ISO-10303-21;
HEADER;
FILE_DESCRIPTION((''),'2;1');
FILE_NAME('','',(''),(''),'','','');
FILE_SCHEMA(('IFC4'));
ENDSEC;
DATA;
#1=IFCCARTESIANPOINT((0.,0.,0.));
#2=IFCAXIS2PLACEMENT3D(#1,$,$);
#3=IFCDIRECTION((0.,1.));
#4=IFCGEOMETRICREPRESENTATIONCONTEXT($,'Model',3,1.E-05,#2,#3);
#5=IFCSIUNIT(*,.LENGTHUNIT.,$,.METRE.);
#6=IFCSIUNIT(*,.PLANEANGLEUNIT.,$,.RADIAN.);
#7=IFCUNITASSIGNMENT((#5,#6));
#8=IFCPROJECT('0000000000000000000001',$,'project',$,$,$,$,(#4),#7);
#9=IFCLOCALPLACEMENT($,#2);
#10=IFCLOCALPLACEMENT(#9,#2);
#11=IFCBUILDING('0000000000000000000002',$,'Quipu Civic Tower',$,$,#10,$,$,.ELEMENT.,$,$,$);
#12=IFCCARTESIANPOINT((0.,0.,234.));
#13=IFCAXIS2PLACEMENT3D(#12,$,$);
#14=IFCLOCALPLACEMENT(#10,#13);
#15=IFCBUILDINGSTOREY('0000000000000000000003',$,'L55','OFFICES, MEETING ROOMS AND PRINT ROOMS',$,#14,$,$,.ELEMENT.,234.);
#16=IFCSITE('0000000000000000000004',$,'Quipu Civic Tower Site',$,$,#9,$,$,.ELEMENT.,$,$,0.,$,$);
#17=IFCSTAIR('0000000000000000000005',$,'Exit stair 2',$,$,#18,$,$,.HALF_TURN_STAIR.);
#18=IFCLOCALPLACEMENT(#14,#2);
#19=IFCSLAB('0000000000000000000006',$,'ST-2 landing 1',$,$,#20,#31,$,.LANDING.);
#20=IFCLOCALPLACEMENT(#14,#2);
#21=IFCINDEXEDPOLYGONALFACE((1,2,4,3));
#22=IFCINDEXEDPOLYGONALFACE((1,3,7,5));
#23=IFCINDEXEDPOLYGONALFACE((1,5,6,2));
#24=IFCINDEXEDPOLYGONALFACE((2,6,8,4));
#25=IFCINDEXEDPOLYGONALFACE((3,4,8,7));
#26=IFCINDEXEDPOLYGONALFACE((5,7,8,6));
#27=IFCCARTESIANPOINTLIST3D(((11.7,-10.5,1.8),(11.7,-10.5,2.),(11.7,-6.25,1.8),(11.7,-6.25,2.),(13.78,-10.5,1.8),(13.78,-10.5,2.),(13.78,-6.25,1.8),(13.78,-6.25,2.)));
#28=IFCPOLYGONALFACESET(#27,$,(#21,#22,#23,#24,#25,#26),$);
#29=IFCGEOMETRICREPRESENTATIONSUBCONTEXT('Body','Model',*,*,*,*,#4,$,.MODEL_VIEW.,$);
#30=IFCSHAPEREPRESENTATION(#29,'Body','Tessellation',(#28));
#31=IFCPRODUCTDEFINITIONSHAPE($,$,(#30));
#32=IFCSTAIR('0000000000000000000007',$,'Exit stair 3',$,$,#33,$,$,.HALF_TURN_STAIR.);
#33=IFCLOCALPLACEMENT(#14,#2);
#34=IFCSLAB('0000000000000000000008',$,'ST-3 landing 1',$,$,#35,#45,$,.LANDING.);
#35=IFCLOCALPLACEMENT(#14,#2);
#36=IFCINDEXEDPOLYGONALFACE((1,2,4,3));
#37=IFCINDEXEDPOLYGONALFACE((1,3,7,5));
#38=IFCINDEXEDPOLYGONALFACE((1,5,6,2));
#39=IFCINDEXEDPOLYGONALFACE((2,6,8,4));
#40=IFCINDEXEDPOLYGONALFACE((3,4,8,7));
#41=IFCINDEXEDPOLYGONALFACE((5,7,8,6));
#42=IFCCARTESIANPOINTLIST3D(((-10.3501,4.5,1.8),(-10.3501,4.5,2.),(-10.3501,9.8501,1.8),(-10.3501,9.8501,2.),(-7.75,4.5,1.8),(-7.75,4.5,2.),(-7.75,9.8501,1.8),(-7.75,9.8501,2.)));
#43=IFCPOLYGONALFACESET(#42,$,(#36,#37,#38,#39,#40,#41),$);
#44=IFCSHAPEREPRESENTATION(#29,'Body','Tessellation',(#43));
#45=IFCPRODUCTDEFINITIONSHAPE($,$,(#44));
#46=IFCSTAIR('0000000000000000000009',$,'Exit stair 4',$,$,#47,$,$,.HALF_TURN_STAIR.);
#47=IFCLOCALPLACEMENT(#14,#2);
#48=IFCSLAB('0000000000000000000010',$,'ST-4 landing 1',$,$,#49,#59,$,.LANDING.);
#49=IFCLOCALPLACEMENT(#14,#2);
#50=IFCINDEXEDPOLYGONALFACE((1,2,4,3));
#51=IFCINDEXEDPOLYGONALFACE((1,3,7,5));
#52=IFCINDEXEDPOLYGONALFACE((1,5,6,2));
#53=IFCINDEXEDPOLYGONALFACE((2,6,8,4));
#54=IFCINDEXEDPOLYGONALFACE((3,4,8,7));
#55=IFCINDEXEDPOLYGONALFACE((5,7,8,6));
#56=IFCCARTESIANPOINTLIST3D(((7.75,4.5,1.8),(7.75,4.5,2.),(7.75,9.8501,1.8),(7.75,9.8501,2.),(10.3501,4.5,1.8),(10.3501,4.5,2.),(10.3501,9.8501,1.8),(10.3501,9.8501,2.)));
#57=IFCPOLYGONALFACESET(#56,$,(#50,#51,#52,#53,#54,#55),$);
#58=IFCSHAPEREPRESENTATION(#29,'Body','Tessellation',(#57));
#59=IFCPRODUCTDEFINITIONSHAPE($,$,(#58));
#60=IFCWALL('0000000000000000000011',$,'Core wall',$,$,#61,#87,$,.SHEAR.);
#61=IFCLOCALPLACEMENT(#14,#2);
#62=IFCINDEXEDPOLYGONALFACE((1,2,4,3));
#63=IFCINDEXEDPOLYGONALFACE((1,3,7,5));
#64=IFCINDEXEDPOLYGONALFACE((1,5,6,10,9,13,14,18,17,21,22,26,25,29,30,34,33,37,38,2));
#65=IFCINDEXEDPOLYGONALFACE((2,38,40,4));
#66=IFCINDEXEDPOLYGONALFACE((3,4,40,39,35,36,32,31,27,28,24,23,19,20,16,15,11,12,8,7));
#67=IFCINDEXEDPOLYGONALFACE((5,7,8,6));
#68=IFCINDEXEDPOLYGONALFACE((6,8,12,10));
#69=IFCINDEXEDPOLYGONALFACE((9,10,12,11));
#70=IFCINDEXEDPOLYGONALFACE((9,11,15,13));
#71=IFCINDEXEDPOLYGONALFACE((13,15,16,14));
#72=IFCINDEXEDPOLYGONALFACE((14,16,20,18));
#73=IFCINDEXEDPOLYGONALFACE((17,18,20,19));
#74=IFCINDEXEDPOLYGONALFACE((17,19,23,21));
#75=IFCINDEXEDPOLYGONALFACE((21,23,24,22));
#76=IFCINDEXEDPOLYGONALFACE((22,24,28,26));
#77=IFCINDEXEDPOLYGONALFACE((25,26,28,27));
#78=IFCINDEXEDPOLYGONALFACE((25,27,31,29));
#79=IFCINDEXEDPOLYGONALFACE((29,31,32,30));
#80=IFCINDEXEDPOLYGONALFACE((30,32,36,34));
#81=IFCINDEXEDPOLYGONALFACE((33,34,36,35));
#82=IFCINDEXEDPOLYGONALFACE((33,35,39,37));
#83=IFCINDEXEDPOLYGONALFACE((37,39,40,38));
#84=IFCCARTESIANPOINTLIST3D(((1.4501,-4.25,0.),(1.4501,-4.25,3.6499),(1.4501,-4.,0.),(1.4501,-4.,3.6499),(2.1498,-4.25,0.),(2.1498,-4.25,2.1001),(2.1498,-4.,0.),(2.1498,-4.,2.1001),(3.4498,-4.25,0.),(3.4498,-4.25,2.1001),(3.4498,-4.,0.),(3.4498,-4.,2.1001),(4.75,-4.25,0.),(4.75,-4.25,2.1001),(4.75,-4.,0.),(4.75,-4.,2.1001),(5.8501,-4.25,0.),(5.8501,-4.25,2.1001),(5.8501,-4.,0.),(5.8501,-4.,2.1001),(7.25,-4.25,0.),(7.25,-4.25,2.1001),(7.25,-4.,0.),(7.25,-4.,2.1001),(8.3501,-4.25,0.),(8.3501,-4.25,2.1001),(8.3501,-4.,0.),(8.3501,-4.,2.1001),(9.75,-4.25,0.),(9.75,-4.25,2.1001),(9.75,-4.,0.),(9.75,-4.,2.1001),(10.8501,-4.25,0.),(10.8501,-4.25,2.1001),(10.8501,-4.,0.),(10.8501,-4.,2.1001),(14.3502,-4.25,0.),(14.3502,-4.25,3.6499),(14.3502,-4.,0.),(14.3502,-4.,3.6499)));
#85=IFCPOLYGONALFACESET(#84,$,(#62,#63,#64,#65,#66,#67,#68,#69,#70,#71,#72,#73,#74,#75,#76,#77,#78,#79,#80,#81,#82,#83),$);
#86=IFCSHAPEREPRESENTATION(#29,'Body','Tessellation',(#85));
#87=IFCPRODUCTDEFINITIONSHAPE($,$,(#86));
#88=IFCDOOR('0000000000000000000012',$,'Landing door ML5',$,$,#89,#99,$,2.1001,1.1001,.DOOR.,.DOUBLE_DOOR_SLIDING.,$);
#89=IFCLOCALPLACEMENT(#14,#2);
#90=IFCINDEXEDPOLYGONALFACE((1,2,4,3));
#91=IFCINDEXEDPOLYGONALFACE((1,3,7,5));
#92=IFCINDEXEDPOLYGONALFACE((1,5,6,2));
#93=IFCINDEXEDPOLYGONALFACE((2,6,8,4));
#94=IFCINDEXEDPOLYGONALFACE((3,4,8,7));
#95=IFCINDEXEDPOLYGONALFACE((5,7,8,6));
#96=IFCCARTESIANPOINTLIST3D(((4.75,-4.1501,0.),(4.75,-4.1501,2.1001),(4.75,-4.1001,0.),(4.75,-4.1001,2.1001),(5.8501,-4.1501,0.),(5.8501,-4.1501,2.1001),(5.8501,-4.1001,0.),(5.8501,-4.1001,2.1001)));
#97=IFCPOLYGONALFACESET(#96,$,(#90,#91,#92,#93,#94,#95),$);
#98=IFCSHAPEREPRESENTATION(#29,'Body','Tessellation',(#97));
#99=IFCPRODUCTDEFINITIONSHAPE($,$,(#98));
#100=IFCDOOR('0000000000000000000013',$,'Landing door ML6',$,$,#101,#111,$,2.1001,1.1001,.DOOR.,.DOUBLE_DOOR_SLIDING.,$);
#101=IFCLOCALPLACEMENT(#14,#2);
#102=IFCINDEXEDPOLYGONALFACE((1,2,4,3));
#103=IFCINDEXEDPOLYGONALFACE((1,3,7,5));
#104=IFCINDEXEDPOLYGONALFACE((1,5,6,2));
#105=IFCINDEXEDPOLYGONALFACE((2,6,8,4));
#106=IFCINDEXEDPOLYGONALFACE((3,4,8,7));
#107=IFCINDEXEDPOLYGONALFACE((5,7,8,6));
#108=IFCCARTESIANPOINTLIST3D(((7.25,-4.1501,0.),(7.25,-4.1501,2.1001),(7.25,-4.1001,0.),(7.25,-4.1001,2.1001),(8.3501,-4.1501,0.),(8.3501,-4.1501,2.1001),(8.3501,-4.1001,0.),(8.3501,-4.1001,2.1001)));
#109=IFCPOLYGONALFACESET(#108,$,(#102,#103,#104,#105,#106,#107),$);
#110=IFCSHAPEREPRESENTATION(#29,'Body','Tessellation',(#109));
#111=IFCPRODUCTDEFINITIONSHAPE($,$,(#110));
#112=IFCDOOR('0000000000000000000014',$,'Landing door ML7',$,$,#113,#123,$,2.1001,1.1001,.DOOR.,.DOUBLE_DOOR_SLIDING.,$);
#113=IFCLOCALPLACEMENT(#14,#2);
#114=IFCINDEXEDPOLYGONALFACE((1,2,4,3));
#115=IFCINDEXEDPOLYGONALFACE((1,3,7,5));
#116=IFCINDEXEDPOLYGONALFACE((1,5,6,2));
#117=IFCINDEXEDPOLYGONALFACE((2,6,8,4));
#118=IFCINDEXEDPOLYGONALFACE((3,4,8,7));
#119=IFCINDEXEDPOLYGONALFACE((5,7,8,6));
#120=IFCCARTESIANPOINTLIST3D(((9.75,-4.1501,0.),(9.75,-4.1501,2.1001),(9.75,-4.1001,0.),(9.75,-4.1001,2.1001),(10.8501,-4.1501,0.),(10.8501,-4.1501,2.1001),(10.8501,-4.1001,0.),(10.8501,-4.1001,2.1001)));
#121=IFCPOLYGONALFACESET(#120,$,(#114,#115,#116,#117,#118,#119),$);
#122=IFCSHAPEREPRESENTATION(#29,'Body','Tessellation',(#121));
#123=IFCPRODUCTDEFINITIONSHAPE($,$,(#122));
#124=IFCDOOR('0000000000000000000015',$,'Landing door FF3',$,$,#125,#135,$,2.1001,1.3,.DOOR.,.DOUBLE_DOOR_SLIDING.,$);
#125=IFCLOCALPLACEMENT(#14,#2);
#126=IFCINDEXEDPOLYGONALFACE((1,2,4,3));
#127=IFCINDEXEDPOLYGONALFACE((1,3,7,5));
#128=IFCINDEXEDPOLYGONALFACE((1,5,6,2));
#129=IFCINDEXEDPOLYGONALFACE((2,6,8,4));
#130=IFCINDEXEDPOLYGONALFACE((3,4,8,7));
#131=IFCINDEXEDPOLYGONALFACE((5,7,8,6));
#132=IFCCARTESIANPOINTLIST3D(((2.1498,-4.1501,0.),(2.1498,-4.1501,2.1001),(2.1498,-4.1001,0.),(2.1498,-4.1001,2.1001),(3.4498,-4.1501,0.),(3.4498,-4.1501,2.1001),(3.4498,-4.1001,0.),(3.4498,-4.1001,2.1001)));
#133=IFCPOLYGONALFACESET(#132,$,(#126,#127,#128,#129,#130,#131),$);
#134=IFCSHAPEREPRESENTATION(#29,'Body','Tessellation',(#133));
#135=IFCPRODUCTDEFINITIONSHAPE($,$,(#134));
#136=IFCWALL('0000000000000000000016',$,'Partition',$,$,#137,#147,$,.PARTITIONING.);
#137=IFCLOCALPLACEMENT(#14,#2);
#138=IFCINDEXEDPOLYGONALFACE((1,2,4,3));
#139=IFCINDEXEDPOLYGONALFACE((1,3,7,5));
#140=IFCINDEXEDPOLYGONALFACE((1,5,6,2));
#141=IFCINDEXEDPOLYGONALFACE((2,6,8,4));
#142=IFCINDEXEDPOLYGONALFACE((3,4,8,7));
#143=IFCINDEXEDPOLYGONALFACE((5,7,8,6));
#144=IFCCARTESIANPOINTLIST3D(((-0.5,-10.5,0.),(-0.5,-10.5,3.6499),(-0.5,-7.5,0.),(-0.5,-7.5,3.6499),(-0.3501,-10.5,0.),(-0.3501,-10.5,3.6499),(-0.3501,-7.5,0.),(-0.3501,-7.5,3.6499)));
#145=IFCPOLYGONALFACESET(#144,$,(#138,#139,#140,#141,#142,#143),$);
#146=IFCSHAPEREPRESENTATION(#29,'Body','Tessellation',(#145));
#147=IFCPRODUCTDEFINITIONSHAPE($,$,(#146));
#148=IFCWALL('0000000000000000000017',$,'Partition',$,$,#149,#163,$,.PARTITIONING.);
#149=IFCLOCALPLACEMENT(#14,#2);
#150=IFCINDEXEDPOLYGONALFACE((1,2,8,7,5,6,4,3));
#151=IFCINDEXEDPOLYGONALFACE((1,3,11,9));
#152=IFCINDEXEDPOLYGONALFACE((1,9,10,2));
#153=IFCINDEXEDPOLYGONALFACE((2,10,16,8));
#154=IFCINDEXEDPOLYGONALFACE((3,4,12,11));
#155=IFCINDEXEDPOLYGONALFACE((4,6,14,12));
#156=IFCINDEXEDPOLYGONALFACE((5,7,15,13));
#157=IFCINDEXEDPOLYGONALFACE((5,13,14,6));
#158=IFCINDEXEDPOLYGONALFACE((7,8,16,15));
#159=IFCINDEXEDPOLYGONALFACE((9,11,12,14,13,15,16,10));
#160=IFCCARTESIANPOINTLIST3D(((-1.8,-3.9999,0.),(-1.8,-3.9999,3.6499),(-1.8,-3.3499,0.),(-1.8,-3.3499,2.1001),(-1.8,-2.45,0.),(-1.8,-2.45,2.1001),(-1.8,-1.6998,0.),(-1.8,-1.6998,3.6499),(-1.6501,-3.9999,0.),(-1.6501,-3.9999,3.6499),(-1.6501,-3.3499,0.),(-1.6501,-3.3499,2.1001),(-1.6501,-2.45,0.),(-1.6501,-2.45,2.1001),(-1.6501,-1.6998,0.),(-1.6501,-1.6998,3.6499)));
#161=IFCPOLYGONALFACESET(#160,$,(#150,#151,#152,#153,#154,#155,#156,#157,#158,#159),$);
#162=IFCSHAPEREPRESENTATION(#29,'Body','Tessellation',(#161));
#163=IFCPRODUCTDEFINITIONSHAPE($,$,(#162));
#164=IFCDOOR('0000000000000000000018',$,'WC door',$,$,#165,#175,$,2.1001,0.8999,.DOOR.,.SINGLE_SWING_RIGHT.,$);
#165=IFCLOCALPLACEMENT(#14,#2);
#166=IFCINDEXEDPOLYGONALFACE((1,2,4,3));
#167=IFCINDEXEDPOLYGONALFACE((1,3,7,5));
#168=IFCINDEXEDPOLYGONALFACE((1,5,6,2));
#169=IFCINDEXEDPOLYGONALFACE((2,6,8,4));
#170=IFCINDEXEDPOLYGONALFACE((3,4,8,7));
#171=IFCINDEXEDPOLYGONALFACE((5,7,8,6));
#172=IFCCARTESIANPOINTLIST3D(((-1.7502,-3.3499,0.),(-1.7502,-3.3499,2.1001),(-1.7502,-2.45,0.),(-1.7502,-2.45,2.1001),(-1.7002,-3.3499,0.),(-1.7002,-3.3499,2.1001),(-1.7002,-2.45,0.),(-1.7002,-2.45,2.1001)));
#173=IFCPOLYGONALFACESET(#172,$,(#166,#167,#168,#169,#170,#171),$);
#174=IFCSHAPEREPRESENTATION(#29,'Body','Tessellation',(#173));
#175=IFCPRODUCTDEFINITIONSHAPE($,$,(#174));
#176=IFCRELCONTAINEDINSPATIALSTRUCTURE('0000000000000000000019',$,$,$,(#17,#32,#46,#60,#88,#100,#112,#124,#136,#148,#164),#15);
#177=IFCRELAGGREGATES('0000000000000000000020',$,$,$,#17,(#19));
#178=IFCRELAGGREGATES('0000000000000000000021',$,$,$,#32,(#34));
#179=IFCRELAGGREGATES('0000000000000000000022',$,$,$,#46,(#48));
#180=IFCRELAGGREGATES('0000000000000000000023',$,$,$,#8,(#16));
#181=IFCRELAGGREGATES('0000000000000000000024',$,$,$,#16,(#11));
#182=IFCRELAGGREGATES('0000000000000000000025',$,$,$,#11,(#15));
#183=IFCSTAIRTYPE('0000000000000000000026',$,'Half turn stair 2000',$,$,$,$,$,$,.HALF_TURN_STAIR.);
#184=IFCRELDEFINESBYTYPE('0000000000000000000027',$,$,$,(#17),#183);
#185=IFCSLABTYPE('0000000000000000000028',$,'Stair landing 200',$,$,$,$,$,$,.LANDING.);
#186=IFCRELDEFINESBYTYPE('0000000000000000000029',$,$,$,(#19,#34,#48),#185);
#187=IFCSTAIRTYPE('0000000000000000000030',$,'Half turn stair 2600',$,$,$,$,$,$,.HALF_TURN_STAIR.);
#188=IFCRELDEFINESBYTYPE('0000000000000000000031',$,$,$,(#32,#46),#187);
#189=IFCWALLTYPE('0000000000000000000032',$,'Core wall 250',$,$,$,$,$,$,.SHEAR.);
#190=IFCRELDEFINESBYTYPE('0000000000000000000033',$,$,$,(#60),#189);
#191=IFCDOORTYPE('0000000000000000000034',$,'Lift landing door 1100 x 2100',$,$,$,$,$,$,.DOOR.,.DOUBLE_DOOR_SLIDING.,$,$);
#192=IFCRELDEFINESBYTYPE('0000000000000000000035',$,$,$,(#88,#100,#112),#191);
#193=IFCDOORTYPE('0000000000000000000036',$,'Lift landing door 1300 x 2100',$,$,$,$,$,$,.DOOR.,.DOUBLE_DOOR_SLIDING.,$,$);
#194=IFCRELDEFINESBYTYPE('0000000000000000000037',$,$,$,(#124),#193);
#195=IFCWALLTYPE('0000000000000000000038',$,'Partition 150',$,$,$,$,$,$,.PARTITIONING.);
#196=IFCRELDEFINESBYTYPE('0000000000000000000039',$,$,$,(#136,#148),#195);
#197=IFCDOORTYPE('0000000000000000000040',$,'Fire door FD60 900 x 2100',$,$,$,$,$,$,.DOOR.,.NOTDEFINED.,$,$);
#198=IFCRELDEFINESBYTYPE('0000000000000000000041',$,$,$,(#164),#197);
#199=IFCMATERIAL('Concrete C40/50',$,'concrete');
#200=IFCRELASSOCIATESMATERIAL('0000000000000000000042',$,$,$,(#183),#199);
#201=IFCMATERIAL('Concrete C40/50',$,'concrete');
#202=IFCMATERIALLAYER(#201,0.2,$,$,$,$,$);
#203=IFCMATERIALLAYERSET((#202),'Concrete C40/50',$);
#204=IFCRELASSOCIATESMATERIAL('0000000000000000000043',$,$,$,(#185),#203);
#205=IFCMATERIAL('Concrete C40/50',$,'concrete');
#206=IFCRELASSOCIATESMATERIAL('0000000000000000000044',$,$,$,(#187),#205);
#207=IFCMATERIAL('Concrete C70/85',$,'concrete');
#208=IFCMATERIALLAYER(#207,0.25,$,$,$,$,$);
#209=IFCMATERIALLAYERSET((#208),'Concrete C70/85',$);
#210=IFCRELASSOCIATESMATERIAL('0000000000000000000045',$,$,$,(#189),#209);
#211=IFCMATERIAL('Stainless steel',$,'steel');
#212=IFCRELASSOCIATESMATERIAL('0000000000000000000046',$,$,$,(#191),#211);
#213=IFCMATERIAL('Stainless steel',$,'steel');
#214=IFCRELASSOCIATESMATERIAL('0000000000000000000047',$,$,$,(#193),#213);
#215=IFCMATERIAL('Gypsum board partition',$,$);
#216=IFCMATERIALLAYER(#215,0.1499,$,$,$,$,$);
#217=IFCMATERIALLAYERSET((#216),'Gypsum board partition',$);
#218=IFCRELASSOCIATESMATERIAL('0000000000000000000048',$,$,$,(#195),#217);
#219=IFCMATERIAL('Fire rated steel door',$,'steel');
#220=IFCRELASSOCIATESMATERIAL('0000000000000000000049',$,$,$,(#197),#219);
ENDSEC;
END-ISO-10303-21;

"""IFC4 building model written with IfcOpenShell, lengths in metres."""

from ifc_helpers import new_model, si_unit, direction, frame, frame_2d, origin, place, context, subcontext, project, spatial, polyline, rectangle, outline, extrude, material, layer, layer_set, type_object, element, fill, aggregate, save


model = new_model("IFC4")

# Units and contexts
model_context = context("Model", 3, precision=1e-05, world=origin(), true_north=direction((0.0, 1.0)))
body_context = subcontext(model_context, "Body", "Model", "MODEL_VIEW")
ifc_project = project(units=[si_unit("LENGTHUNIT", "METRE"), si_unit("PLANEANGLEUNIT", "RADIAN")], contexts=[model_context])

# Site, building, storey
site_placement = place(None, origin())
site = spatial("IfcSite", under=ifc_project, at=site_placement, Name="Quipu Civic Tower Site", CompositionType="ELEMENT", RefElevation=0.0)
building_placement = place(site_placement, origin())
building = spatial("IfcBuilding", under=site, at=building_placement, Name="Quipu Civic Tower", CompositionType="ELEMENT")
storey_placement = place(building_placement, frame((0.0, 0.0, 234.0)))
storey = spatial("IfcBuildingStorey", under=building, at=storey_placement, Name="L55", Description="OFFICES, MEETING ROOMS AND PRINT ROOMS", CompositionType="ELEMENT", Elevation=234.0)

# Stairs, slabs
ifc_material_1 = material(Name="Concrete C40/50", Category="concrete")
stair_type_1 = type_object("IfcStairType", Name="Half turn stair 2000", PredefinedType="HALF_TURN_STAIR", material=ifc_material_1)
ifc_material_2 = material(Name="Concrete C40/50", Category="concrete")
ifc_layer_1 = layer(ifc_material_2, 0.2)
ifc_layer_set_1 = layer_set([ifc_layer_1], Name="Concrete C40/50")
slab_type_1 = type_object("IfcSlabType", Name="Stair landing 200", PredefinedType="LANDING", material=ifc_layer_set_1)
stair_1_placement = place(storey_placement, origin())
stair_1 = element("IfcStair", 1, at=stair_1_placement, inside=storey, type_object=stair_type_1, Name="Exit stair 2", PredefinedType="HALF_TURN_STAIR")
slab_1_placement = place(storey_placement, frame((0.0, 0.0, 1.8)))
slab_1 = element("IfcSlab", 2, at=slab_1_placement, type_object=slab_type_1, Name="ST-2 landing 1", PredefinedType="LANDING", context=body_context, shape_type="SweptSolid", body=[
    extrude(outline(polyline([(13.78, -6.25), (11.7, -6.25), (11.7, -10.5), (13.78, -10.5), (13.78, -6.25)])), origin(), (0.0, 0.0, 1.0), 0.2),
])
aggregate(stair_1, [slab_1])
ifc_material_3 = material(Name="Concrete C40/50", Category="concrete")
stair_type_2 = type_object("IfcStairType", Name="Half turn stair 2600", PredefinedType="HALF_TURN_STAIR", material=ifc_material_3)
stair_2_placement = place(storey_placement, origin())
stair_2 = element("IfcStair", 3, at=stair_2_placement, inside=storey, type_object=stair_type_2, Name="Exit stair 3", PredefinedType="HALF_TURN_STAIR")
slab_2_placement = place(storey_placement, frame((0.0, 0.0, 1.8)))
slab_2 = element("IfcSlab", 4, at=slab_2_placement, type_object=slab_type_1, Name="ST-3 landing 1", PredefinedType="LANDING", context=body_context, shape_type="SweptSolid", body=[
    extrude(outline(polyline([(-10.3501, 4.5), (-7.75, 4.5), (-7.75, 9.8501), (-10.3501, 9.8501), (-10.3501, 4.5)])), origin(), (0.0, 0.0, 1.0), 0.2),
])
aggregate(stair_2, [slab_2])
stair_3_placement = place(storey_placement, origin())
stair_3 = element("IfcStair", 5, at=stair_3_placement, inside=storey, type_object=stair_type_2, Name="Exit stair 4", PredefinedType="HALF_TURN_STAIR")
slab_3_placement = place(storey_placement, frame((0.0, 0.0, 1.8)))
slab_3 = element("IfcSlab", 6, at=slab_3_placement, type_object=slab_type_1, Name="ST-4 landing 1", PredefinedType="LANDING", context=body_context, shape_type="SweptSolid", body=[
    extrude(outline(polyline([(10.3501, 9.8501), (7.75, 9.8501), (7.75, 4.5), (10.3501, 4.5), (10.3501, 9.8501)])), origin(), (0.0, 0.0, 1.0), 0.2),
])
aggregate(stair_3, [slab_3])

# Wall, openings, doors
ifc_material_4 = material(Name="Concrete C70/85", Category="concrete")
ifc_layer_2 = layer(ifc_material_4, 0.25)
ifc_layer_set_2 = layer_set([ifc_layer_2], Name="Concrete C70/85")
wall_type_1 = type_object("IfcWallType", Name="Core wall 250", PredefinedType="SHEAR", material=ifc_layer_set_2)
wall_1_placement = place(storey_placement, frame((1.45, -4.125, 0.0), z_axis=(0.0, 0.0, 1.0), x_axis=(1.0, 0.0, 0.0)))
wall_1 = element("IfcWall", 7, at=wall_1_placement, inside=storey, type_object=wall_type_1, Name="Core wall", PredefinedType="SHEAR", context=body_context, shape_type="SweptSolid", body=[
    extrude(rectangle(XDim=12.9001, YDim=0.25, at=frame_2d((6.4502, 0.0))), origin(), (0.0, 0.0, 1.0), 3.6499),
])
opening_1_placement = place(wall_1_placement, frame((0.7, 0.0, 0.0)))
opening_1 = element("IfcOpeningElement", 8, at=opening_1_placement, cuts=wall_1, PredefinedType="OPENING", context=body_context, shape_type="SweptSolid", body=[
    extrude(rectangle(XDim=1.3, YDim=2.1001, at=frame_2d((0.6499, 1.05))), frame((0.0, 0.135, 0.0), z_axis=(0.0, -1.0, 0.0), x_axis=(1.0, 0.0, 0.0)), (0.0, 0.0, 1.0), 0.27),
])
opening_2_placement = place(wall_1_placement, frame((3.3, 0.0, 0.0)))
opening_2 = element("IfcOpeningElement", 9, at=opening_2_placement, cuts=wall_1, PredefinedType="OPENING", context=body_context, shape_type="SweptSolid", body=[
    extrude(rectangle(XDim=1.1001, YDim=2.1001, at=frame_2d((0.55, 1.05))), frame((0.0, 0.135, 0.0), z_axis=(0.0, -1.0, 0.0), x_axis=(1.0, 0.0, 0.0)), (0.0, 0.0, 1.0), 0.27),
])
opening_3_placement = place(wall_1_placement, frame((5.8, 0.0, 0.0)))
opening_3 = element("IfcOpeningElement", 10, at=opening_3_placement, cuts=wall_1, PredefinedType="OPENING", context=body_context, shape_type="SweptSolid", body=[
    extrude(rectangle(XDim=1.1001, YDim=2.1001, at=frame_2d((0.55, 1.05))), frame((0.0, 0.135, 0.0), z_axis=(0.0, -1.0, 0.0), x_axis=(1.0, 0.0, 0.0)), (0.0, 0.0, 1.0), 0.27),
])
opening_4_placement = place(wall_1_placement, frame((8.3, 0.0, 0.0)))
opening_4 = element("IfcOpeningElement", 11, at=opening_4_placement, cuts=wall_1, PredefinedType="OPENING", context=body_context, shape_type="SweptSolid", body=[
    extrude(rectangle(XDim=1.1001, YDim=2.1001, at=frame_2d((0.55, 1.05))), frame((0.0, 0.135, 0.0), z_axis=(0.0, -1.0, 0.0), x_axis=(1.0, 0.0, 0.0)), (0.0, 0.0, 1.0), 0.27),
])
ifc_material_5 = material(Name="Stainless steel", Category="steel")
door_type_1 = type_object("IfcDoorType", Name="Lift landing door 1100 x 2100", OperationType="DOUBLE_DOOR_SLIDING", PredefinedType="DOOR", material=ifc_material_5)
door_1_placement = place(opening_2_placement, origin())
door_1 = element("IfcDoor", 12, at=door_1_placement, inside=storey, type_object=door_type_1, Name="Landing door ML5", OperationType="DOUBLE_DOOR_SLIDING", OverallHeight=2.1001, OverallWidth=1.1001, PredefinedType="DOOR", context=body_context, shape_type="SweptSolid", body=[
    extrude(rectangle(XDim=1.1001, YDim=2.1001, at=frame_2d((0.55, 1.05))), frame((0.0, 0.0249, 0.0), z_axis=(0.0, -1.0, 0.0), x_axis=(1.0, 0.0, 0.0)), (0.0, 0.0, 1.0), 0.05),
])
fill(opening_2, door_1)
door_2_placement = place(opening_3_placement, origin())
door_2 = element("IfcDoor", 13, at=door_2_placement, inside=storey, type_object=door_type_1, Name="Landing door ML6", OperationType="DOUBLE_DOOR_SLIDING", OverallHeight=2.1001, OverallWidth=1.1001, PredefinedType="DOOR", context=body_context, shape_type="SweptSolid", body=[
    extrude(rectangle(XDim=1.1001, YDim=2.1001, at=frame_2d((0.55, 1.05))), frame((0.0, 0.0249, 0.0), z_axis=(0.0, -1.0, 0.0), x_axis=(1.0, 0.0, 0.0)), (0.0, 0.0, 1.0), 0.05),
])
fill(opening_3, door_2)
door_3_placement = place(opening_4_placement, origin())
door_3 = element("IfcDoor", 14, at=door_3_placement, inside=storey, type_object=door_type_1, Name="Landing door ML7", OperationType="DOUBLE_DOOR_SLIDING", OverallHeight=2.1001, OverallWidth=1.1001, PredefinedType="DOOR", context=body_context, shape_type="SweptSolid", body=[
    extrude(rectangle(XDim=1.1001, YDim=2.1001, at=frame_2d((0.55, 1.05))), frame((0.0, 0.0249, 0.0), z_axis=(0.0, -1.0, 0.0), x_axis=(1.0, 0.0, 0.0)), (0.0, 0.0, 1.0), 0.05),
])
fill(opening_4, door_3)
ifc_material_6 = material(Name="Stainless steel", Category="steel")
door_type_2 = type_object("IfcDoorType", Name="Lift landing door 1300 x 2100", OperationType="DOUBLE_DOOR_SLIDING", PredefinedType="DOOR", material=ifc_material_6)
door_4_placement = place(opening_1_placement, origin())
door_4 = element("IfcDoor", 15, at=door_4_placement, inside=storey, type_object=door_type_2, Name="Landing door FF3", OperationType="DOUBLE_DOOR_SLIDING", OverallHeight=2.1001, OverallWidth=1.3, PredefinedType="DOOR", context=body_context, shape_type="SweptSolid", body=[
    extrude(rectangle(XDim=1.3, YDim=2.1001, at=frame_2d((0.6499, 1.05))), frame((0.0, 0.0249, 0.0), z_axis=(0.0, -1.0, 0.0), x_axis=(1.0, 0.0, 0.0)), (0.0, 0.0, 1.0), 0.05),
])
fill(opening_1, door_4)

# Wall
ifc_material_7 = material(Name="Gypsum board partition")
ifc_layer_3 = layer(ifc_material_7, 0.1499)
ifc_layer_set_3 = layer_set([ifc_layer_3], Name="Gypsum board partition")
wall_type_2 = type_object("IfcWallType", Name="Partition 150", PredefinedType="PARTITIONING", material=ifc_layer_set_3)
wall_2_placement = place(storey_placement, frame((-0.425, -10.5, 0.0), z_axis=(0.0, 0.0, 1.0), x_axis=(0.0, 1.0, 0.0)))
element("IfcWall", 16, at=wall_2_placement, inside=storey, type_object=wall_type_2, Name="Partition", PredefinedType="PARTITIONING", context=body_context, shape_type="SweptSolid", body=[
    extrude(rectangle(XDim=3.0, YDim=0.1499, at=frame_2d((1.5, 0.0))), origin(), (0.0, 0.0, 1.0), 3.6499),
])

# Wall, opening, door
wall_3_placement = place(storey_placement, frame((-1.7251, -1.7, 0.0), z_axis=(0.0, 0.0, 1.0), x_axis=(0.0, -1.0, 0.0)))
wall_3 = element("IfcWall", 17, at=wall_3_placement, inside=storey, type_object=wall_type_2, Name="Partition", PredefinedType="PARTITIONING", context=body_context, shape_type="SweptSolid", body=[
    extrude(rectangle(XDim=2.3, YDim=0.1499, at=frame_2d((1.1499, 0.0))), origin(), (0.0, 0.0, 1.0), 3.6499),
])
opening_5_placement = place(wall_3_placement, frame((0.75, 0.0, 0.0)))
opening_5 = element("IfcOpeningElement", 18, at=opening_5_placement, cuts=wall_3, PredefinedType="OPENING", context=body_context, shape_type="SweptSolid", body=[
    extrude(rectangle(XDim=0.8999, YDim=2.1001, at=frame_2d((0.45, 1.05))), frame((0.0, 0.085, 0.0), z_axis=(0.0, -1.0, 0.0), x_axis=(1.0, 0.0, 0.0)), (0.0, 0.0, 1.0), 0.1699),
])
ifc_material_8 = material(Name="Fire rated steel door", Category="steel")
door_type_3 = type_object("IfcDoorType", Name="Fire door FD60 900 x 2100", OperationType="NOTDEFINED", PredefinedType="DOOR", material=ifc_material_8)
door_5_placement = place(opening_5_placement, origin())
door_5 = element("IfcDoor", 19, at=door_5_placement, inside=storey, type_object=door_type_3, Name="WC door", OperationType="SINGLE_SWING_RIGHT", OverallHeight=2.1001, OverallWidth=0.8999, PredefinedType="DOOR", context=body_context, shape_type="SweptSolid", body=[
    extrude(rectangle(XDim=0.8999, YDim=2.1001, at=frame_2d((0.45, 1.05))), frame((0.0, 0.0249, 0.0), z_axis=(0.0, -1.0, 0.0), x_axis=(1.0, 0.0, 0.0)), (0.0, 0.0, 1.0), 0.05),
])
fill(opening_5, door_5)

save(model, "model.ifc")
